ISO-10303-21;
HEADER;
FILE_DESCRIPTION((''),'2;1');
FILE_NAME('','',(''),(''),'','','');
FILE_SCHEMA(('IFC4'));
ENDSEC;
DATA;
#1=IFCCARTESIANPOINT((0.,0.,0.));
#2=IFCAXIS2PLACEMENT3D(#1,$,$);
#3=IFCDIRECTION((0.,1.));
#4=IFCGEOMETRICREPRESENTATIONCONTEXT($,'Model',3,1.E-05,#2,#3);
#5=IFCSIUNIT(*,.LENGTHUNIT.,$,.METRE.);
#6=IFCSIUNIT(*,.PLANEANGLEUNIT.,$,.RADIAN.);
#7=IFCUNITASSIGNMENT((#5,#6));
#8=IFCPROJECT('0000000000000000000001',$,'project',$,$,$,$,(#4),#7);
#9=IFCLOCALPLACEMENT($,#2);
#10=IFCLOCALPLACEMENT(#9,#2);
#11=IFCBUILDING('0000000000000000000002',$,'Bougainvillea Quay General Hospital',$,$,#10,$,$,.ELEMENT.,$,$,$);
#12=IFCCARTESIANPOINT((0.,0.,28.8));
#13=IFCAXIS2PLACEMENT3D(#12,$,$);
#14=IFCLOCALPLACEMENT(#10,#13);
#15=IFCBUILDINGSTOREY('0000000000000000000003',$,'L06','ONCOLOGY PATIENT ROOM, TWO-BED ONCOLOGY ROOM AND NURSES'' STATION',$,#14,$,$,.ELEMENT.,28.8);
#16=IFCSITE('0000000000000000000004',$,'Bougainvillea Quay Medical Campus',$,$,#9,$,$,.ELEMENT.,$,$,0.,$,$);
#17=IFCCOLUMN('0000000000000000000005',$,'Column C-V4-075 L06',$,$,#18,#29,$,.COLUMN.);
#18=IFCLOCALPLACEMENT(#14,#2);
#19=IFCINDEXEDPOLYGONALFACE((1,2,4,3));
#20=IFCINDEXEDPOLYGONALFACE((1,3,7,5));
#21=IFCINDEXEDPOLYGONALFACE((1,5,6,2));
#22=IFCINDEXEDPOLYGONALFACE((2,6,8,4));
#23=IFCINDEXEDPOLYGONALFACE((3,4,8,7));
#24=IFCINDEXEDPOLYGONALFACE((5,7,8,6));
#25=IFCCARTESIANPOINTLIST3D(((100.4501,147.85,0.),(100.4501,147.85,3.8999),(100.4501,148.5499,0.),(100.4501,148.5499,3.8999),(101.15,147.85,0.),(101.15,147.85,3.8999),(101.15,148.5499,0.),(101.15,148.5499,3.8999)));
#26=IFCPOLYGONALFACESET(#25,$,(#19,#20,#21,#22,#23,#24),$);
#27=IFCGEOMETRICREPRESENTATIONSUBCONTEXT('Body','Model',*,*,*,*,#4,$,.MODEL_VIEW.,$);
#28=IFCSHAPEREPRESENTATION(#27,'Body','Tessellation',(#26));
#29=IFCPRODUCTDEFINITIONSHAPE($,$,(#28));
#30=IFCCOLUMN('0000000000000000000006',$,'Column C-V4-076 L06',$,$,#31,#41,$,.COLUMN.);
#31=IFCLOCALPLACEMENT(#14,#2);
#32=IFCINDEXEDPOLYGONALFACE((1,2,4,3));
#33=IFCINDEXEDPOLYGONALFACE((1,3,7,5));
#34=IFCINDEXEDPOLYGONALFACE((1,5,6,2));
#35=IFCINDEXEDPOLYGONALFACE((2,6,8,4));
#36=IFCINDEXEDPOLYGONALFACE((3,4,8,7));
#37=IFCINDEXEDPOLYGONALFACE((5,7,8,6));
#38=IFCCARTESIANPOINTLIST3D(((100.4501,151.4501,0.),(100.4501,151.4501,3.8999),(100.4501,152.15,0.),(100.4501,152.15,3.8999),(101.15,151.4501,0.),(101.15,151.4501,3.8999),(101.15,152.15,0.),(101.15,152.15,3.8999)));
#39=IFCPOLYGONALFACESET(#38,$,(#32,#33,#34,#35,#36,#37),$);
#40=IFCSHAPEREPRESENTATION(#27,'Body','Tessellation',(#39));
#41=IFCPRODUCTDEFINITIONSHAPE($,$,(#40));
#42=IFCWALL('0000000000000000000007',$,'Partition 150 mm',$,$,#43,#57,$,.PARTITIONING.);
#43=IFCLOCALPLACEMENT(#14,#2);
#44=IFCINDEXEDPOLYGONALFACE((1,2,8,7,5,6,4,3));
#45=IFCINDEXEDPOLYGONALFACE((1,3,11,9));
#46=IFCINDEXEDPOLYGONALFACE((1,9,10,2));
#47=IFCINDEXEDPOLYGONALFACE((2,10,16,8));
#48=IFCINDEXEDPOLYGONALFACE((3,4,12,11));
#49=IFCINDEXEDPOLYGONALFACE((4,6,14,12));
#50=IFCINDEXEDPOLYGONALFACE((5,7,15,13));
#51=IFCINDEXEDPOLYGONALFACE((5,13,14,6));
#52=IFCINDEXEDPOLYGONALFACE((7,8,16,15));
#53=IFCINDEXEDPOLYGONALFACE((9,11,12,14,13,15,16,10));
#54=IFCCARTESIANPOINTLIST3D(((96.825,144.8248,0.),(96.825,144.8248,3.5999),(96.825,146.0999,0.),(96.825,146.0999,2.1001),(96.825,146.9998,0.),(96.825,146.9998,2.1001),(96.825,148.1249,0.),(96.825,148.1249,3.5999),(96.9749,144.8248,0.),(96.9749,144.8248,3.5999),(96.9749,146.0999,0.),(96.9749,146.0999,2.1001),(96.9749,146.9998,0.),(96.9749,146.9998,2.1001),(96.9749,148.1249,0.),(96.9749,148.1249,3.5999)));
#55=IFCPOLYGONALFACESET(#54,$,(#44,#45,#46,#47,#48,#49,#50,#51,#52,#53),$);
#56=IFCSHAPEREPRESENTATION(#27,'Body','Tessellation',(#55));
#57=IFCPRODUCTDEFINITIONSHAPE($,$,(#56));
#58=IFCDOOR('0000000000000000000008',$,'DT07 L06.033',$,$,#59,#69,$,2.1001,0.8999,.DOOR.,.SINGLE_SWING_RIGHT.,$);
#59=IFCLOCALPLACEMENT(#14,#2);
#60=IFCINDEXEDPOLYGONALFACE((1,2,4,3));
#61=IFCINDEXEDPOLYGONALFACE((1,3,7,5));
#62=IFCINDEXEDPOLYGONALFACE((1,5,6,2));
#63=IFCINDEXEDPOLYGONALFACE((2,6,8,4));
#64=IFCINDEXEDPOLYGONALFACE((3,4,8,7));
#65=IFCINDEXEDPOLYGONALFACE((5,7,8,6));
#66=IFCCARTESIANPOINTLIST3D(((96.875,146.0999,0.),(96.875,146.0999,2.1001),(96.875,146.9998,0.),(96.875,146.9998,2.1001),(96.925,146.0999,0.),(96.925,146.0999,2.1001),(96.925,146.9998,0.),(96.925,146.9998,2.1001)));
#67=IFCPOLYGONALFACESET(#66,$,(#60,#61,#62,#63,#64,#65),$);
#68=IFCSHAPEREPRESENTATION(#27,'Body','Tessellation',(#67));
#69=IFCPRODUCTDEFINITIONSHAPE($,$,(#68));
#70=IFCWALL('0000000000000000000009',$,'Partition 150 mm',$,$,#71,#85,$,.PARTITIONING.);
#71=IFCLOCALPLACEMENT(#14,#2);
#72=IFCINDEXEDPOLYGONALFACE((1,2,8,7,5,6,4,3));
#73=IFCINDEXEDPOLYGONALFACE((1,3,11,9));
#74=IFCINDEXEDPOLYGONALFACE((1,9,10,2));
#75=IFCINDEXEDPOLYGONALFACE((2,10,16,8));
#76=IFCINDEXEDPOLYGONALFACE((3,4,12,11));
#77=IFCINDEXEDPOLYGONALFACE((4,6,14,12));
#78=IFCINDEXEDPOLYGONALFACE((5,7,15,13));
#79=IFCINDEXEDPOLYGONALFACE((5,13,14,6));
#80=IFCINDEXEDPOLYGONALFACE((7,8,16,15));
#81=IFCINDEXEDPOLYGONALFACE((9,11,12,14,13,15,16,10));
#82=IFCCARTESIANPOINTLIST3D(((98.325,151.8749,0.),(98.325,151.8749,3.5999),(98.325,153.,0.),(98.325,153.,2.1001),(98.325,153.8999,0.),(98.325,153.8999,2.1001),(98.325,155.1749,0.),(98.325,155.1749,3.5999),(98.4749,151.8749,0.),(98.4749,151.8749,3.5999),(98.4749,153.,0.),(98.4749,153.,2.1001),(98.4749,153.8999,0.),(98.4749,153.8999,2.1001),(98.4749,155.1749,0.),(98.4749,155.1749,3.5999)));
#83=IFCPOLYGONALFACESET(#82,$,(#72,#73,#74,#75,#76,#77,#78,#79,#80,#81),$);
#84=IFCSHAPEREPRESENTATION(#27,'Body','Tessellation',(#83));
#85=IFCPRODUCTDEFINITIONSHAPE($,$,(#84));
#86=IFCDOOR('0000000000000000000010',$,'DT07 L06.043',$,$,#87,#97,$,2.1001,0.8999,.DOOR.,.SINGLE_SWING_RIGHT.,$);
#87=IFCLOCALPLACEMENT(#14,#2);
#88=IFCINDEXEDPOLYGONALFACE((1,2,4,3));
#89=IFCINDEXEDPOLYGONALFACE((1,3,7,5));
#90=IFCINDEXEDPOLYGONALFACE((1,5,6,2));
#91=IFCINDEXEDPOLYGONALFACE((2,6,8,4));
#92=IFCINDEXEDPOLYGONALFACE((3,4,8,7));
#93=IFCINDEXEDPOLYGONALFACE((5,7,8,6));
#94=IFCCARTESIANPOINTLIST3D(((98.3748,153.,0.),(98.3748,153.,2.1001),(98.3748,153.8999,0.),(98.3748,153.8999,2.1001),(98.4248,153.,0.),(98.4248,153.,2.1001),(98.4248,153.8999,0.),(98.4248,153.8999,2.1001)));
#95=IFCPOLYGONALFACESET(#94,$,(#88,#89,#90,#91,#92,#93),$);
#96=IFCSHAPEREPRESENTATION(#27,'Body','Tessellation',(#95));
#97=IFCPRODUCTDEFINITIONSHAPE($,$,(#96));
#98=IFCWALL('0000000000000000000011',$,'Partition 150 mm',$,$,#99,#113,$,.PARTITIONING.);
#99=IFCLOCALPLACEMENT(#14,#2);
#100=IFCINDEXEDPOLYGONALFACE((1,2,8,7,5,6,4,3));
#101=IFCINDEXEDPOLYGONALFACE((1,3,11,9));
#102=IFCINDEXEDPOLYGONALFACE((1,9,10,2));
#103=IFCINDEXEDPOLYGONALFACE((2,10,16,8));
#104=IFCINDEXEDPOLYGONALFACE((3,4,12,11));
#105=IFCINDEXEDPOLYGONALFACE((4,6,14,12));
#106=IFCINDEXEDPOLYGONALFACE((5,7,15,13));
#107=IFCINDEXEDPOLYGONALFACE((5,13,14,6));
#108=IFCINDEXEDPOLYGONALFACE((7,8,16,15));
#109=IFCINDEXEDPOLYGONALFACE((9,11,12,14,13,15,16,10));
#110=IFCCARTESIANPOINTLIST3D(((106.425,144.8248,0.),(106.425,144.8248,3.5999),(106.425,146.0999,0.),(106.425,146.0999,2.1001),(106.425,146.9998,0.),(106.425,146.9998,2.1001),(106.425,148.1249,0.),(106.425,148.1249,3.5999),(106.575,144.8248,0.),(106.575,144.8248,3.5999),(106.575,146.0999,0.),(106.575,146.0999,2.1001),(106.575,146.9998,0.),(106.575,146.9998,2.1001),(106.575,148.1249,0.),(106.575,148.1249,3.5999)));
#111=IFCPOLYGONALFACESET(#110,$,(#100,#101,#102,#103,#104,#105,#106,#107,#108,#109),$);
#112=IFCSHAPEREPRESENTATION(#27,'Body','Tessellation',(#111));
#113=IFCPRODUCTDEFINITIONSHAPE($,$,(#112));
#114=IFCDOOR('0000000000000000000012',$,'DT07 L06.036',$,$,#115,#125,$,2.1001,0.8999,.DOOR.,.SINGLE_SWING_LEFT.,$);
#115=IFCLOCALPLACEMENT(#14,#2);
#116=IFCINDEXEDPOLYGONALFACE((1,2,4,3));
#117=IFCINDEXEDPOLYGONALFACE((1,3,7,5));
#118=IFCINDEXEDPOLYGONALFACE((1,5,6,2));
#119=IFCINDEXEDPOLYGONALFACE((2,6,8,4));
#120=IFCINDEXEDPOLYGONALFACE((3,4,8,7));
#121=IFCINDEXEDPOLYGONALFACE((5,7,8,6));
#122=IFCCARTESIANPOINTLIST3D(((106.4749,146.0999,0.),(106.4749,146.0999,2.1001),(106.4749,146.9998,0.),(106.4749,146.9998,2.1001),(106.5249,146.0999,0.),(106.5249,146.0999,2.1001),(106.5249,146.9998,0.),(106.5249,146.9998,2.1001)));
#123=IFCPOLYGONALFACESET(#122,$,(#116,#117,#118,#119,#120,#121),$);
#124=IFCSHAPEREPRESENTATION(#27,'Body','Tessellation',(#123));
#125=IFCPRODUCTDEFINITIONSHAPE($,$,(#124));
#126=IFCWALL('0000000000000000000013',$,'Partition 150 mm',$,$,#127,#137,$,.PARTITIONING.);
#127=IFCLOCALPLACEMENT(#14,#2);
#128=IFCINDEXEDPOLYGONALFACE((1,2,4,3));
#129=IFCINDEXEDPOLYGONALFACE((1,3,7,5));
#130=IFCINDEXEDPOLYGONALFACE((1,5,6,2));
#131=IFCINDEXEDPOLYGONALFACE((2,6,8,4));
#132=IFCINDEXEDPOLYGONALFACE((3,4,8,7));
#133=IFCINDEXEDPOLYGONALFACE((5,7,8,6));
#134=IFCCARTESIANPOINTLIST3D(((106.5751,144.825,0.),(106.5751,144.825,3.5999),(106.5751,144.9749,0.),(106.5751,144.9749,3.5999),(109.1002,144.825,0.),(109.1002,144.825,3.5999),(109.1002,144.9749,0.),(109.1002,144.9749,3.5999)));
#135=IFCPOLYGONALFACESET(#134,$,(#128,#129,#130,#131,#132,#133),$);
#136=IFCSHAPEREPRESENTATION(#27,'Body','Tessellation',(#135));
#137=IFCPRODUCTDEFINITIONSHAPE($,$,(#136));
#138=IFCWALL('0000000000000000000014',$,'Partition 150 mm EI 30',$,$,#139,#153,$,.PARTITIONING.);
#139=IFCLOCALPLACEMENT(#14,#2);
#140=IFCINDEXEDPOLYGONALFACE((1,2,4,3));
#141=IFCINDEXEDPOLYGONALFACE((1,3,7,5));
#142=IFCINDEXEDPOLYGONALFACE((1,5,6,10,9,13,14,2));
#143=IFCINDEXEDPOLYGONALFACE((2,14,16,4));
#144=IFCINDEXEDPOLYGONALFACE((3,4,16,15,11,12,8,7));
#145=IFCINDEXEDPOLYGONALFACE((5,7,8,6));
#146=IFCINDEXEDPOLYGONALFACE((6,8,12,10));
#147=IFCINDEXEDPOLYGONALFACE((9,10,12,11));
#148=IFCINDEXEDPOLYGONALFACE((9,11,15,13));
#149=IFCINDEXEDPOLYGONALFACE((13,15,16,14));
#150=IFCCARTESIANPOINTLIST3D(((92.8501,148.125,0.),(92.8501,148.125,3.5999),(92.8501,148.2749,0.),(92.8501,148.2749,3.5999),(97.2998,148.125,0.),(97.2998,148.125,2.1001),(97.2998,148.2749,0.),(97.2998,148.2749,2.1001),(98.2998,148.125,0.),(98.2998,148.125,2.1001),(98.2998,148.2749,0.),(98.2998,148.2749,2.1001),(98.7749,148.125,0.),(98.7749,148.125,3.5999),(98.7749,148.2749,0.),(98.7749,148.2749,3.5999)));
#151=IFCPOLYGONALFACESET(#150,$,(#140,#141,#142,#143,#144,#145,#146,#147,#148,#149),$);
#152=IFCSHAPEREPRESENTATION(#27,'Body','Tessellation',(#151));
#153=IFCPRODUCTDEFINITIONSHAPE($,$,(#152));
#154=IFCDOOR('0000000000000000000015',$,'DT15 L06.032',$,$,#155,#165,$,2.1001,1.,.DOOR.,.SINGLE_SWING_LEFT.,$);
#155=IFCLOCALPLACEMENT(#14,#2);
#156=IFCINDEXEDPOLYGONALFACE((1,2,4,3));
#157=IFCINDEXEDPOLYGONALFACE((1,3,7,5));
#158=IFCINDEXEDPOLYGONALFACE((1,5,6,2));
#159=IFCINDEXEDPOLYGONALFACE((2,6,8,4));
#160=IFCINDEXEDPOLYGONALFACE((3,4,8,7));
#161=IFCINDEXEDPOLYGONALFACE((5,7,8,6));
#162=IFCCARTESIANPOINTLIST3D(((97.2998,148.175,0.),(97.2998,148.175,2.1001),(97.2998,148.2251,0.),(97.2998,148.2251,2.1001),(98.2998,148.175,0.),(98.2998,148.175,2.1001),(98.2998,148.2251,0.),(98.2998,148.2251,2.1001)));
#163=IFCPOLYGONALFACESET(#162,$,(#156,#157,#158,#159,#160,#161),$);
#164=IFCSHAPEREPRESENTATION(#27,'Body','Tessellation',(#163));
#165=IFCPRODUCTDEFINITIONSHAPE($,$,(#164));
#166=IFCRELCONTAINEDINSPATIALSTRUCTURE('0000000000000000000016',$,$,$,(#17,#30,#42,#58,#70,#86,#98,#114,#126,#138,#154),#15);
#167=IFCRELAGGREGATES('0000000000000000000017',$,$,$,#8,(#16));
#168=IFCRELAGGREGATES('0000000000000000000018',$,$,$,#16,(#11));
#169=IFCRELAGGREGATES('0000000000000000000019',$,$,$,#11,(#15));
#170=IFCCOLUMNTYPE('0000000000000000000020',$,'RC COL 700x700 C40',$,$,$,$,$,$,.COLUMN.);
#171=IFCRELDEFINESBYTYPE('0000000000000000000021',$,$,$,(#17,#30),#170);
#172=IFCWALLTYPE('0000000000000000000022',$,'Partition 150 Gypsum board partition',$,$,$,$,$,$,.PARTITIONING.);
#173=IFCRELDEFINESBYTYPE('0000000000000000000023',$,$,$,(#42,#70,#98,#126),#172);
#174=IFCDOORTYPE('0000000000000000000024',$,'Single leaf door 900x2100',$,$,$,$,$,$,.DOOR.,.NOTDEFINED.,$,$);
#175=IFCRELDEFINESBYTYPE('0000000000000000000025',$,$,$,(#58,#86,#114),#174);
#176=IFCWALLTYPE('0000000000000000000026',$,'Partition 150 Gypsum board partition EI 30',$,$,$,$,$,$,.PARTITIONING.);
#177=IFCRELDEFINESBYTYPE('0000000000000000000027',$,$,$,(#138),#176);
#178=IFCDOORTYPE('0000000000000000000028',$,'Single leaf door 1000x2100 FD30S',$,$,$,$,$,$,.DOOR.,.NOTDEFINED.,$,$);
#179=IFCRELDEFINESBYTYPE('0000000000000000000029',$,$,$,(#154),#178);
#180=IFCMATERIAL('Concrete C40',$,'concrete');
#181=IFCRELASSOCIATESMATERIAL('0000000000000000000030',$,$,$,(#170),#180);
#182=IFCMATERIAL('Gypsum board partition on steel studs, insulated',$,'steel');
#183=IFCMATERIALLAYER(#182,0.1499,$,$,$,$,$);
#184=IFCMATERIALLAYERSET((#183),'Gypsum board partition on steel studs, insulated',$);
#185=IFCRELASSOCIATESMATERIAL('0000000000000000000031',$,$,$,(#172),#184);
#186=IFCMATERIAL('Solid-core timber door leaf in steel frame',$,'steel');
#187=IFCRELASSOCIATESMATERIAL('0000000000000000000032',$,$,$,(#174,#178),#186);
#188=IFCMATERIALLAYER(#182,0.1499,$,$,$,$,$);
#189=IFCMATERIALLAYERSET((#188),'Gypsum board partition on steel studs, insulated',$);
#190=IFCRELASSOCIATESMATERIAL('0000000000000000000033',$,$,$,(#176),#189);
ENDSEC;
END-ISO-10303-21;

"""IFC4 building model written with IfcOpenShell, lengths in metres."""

from ifc_helpers import new_model, si_unit, direction, frame, frame_2d, origin, origin_2d, place, context, subcontext, project, spatial, rectangle, extrude, material, layer, layer_set, material_profile, profile_set, type_object, element, fill, save


model = new_model("IFC4")

# Units and contexts
model_context = context("Model", 3, precision=1e-05, world=origin(), true_north=direction((0.0, 1.0)))
body_context = subcontext(model_context, "Body", "Model", "MODEL_VIEW")
ifc_project = project(units=[si_unit("LENGTHUNIT", "METRE"), si_unit("PLANEANGLEUNIT", "RADIAN")], contexts=[model_context])

# Site, building, storey
site_placement = place(None, origin())
site = spatial("IfcSite", under=ifc_project, at=site_placement, Name="Bougainvillea Quay Medical Campus", CompositionType="ELEMENT", RefElevation=0.0)
building_placement = place(site_placement, origin())
building = spatial("IfcBuilding", under=site, at=building_placement, Name="Bougainvillea Quay General Hospital", CompositionType="ELEMENT")
storey_placement = place(building_placement, frame((0.0, 0.0, 28.8)))
storey = spatial("IfcBuildingStorey", under=building, at=storey_placement, Name="L06", Description="ONCOLOGY PATIENT ROOM, TWO-BED ONCOLOGY ROOM AND NURSES' STATION", CompositionType="ELEMENT", Elevation=28.8)

# Columns
ifc_material_1 = material(Name="Concrete C40", Category="concrete")
ifc_material_profile = material_profile(ifc_material_1, rectangle(XDim=0.7, YDim=0.7, at=origin_2d()))
ifc_profile_set = profile_set([ifc_material_profile], Name="Concrete C40")
column_type = type_object("IfcColumnType", Name="RC COL 700x700 C40", PredefinedType="COLUMN", material=ifc_profile_set)
for number, where, z_axis, x_axis, name in (
    (1, (100.8, 148.2, 0.0), (0.0, 0.0, 1.0), (1.0, 0.0, 0.0), "Column C-V4-075 L06"),
    (2, (100.8, 151.8, 0.0), (0.0, 0.0, 1.0), (1.0, 0.0, 0.0), "Column C-V4-076 L06"),
):
    element("IfcColumn", number, at=place(storey_placement, frame(where, z_axis=z_axis, x_axis=x_axis)), inside=storey, type_object=column_type, Name=name, PredefinedType="COLUMN", context=body_context, shape_type="SweptSolid", body=[
        extrude(rectangle(XDim=0.7, YDim=0.7, at=origin_2d()), origin(), (0.0, 0.0, 1.0), 3.8999),
    ])

# Walls, openings, doors
ifc_material_2 = material(Name="Gypsum board partition on steel studs, insulated", Category="steel")
ifc_layer_1 = layer(ifc_material_2, 0.1499)
ifc_layer_set_1 = layer_set([ifc_layer_1], Name="Gypsum board partition on steel studs, insulated")
wall_type_1 = type_object("IfcWallType", Name="Partition 150 Gypsum board partition", PredefinedType="PARTITIONING", material=ifc_layer_set_1)
wall_1_placement = place(storey_placement, frame((96.8999, 144.825, 0.0), z_axis=(0.0, 0.0, 1.0), x_axis=(0.0, 1.0, 0.0)))
wall_1 = element("IfcWall", 3, at=wall_1_placement, inside=storey, type_object=wall_type_1, Name="Partition 150 mm", PredefinedType="PARTITIONING", context=body_context, shape_type="SweptSolid", body=[
    extrude(rectangle(XDim=3.3, YDim=0.1499, at=frame_2d((1.6499, 0.0))), origin(), (0.0, 0.0, 1.0), 3.5999),
])
opening_1_placement = place(wall_1_placement, frame((1.2749, 0.0, 0.0)))
opening_1 = element("IfcOpeningElement", 4, at=opening_1_placement, cuts=wall_1, PredefinedType="OPENING", context=body_context, shape_type="SweptSolid", body=[
    extrude(rectangle(XDim=0.8999, YDim=2.1001, at=frame_2d((0.45, 1.05))), frame((0.0, 0.085, 0.0), z_axis=(0.0, -1.0, 0.0), x_axis=(1.0, 0.0, 0.0)), (0.0, 0.0, 1.0), 0.1699),
])
ifc_material_3 = material(Name="Solid-core timber door leaf in steel frame", Category="steel")
door_type_1 = type_object("IfcDoorType", Name="Single leaf door 900x2100", OperationType="NOTDEFINED", PredefinedType="DOOR", material=ifc_material_3)
door_1_placement = place(opening_1_placement, origin())
door_1 = element("IfcDoor", 5, at=door_1_placement, inside=storey, type_object=door_type_1, Name="DT07 L06.033", OperationType="SINGLE_SWING_RIGHT", OverallHeight=2.1001, OverallWidth=0.8999, PredefinedType="DOOR", context=body_context, shape_type="SweptSolid", body=[
    extrude(rectangle(XDim=0.8999, YDim=2.1001, at=frame_2d((0.45, 1.05))), frame((0.0, 0.0249, 0.0), z_axis=(0.0, -1.0, 0.0), x_axis=(1.0, 0.0, 0.0)), (0.0, 0.0, 1.0), 0.05),
])
fill(opening_1, door_1)
wall_2_placement = place(storey_placement, frame((98.3999, 151.875, 0.0), z_axis=(0.0, 0.0, 1.0), x_axis=(0.0, 1.0, 0.0)))
wall_2 = element("IfcWall", 6, at=wall_2_placement, inside=storey, type_object=wall_type_1, Name="Partition 150 mm", PredefinedType="PARTITIONING", context=body_context, shape_type="SweptSolid", body=[
    extrude(rectangle(XDim=3.3, YDim=0.1499, at=frame_2d((1.6499, 0.0))), origin(), (0.0, 0.0, 1.0), 3.5999),
])
opening_2_placement = place(wall_2_placement, frame((1.125, 0.0, 0.0)))
opening_2 = element("IfcOpeningElement", 7, at=opening_2_placement, cuts=wall_2, PredefinedType="OPENING", context=body_context, shape_type="SweptSolid", body=[
    extrude(rectangle(XDim=0.8999, YDim=2.1001, at=frame_2d((0.45, 1.05))), frame((0.0, 0.085, 0.0), z_axis=(0.0, -1.0, 0.0), x_axis=(1.0, 0.0, 0.0)), (0.0, 0.0, 1.0), 0.1699),
])
door_2_placement = place(opening_2_placement, frame((0.8999, 0.0, 0.0), z_axis=(0.0, 0.0, 1.0), x_axis=(-1.0, 0.0, 0.0)))
door_2 = element("IfcDoor", 8, at=door_2_placement, inside=storey, type_object=door_type_1, Name="DT07 L06.043", OperationType="SINGLE_SWING_RIGHT", OverallHeight=2.1001, OverallWidth=0.8999, PredefinedType="DOOR", context=body_context, shape_type="SweptSolid", body=[
    extrude(rectangle(XDim=0.8999, YDim=2.1001, at=frame_2d((0.45, 1.05))), frame((0.0, 0.0249, 0.0), z_axis=(0.0, -1.0, 0.0), x_axis=(1.0, 0.0, 0.0)), (0.0, 0.0, 1.0), 0.05),
])
fill(opening_2, door_2)
wall_3_placement = place(storey_placement, frame((106.5, 144.825, 0.0), z_axis=(0.0, 0.0, 1.0), x_axis=(0.0, 1.0, 0.0)))
wall_3 = element("IfcWall", 9, at=wall_3_placement, inside=storey, type_object=wall_type_1, Name="Partition 150 mm", PredefinedType="PARTITIONING", context=body_context, shape_type="SweptSolid", body=[
    extrude(rectangle(XDim=3.3, YDim=0.1499, at=frame_2d((1.6499, 0.0))), origin(), (0.0, 0.0, 1.0), 3.5999),
])
opening_3_placement = place(wall_3_placement, frame((1.2749, 0.0, 0.0)))
opening_3 = element("IfcOpeningElement", 10, at=opening_3_placement, cuts=wall_3, PredefinedType="OPENING", context=body_context, shape_type="SweptSolid", body=[
    extrude(rectangle(XDim=0.8999, YDim=2.1001, at=frame_2d((0.45, 1.05))), frame((0.0, 0.085, 0.0), z_axis=(0.0, -1.0, 0.0), x_axis=(1.0, 0.0, 0.0)), (0.0, 0.0, 1.0), 0.1699),
])
door_3_placement = place(opening_3_placement, frame((0.8999, 0.0, 0.0), z_axis=(0.0, 0.0, 1.0), x_axis=(-1.0, 0.0, 0.0)))
door_3 = element("IfcDoor", 11, at=door_3_placement, inside=storey, type_object=door_type_1, Name="DT07 L06.036", OperationType="SINGLE_SWING_LEFT", OverallHeight=2.1001, OverallWidth=0.8999, PredefinedType="DOOR", context=body_context, shape_type="SweptSolid", body=[
    extrude(rectangle(XDim=0.8999, YDim=2.1001, at=frame_2d((0.45, 1.05))), frame((0.0, 0.0249, 0.0), z_axis=(0.0, -1.0, 0.0), x_axis=(1.0, 0.0, 0.0)), (0.0, 0.0, 1.0), 0.05),
])
fill(opening_3, door_3)

# Wall
wall_4_placement = place(storey_placement, frame((106.575, 144.8999, 0.0), z_axis=(0.0, 0.0, 1.0), x_axis=(1.0, 0.0, 0.0)))
element("IfcWall", 12, at=wall_4_placement, inside=storey, type_object=wall_type_1, Name="Partition 150 mm", PredefinedType="PARTITIONING", context=body_context, shape_type="SweptSolid", body=[
    extrude(rectangle(XDim=2.5251, YDim=0.1499, at=frame_2d((1.2627, 0.0))), origin(), (0.0, 0.0, 1.0), 3.5999),
])

# Wall, opening, door
ifc_layer_2 = layer(ifc_material_2, 0.1499)
ifc_layer_set_2 = layer_set([ifc_layer_2], Name="Gypsum board partition on steel studs, insulated")
wall_type_2 = type_object("IfcWallType", Name="Partition 150 Gypsum board partition EI 30", PredefinedType="PARTITIONING", material=ifc_layer_set_2)
wall_5_placement = place(storey_placement, frame((98.7749, 148.2, 0.0), z_axis=(0.0, 0.0, 1.0), x_axis=(-1.0, 0.0, 0.0)))
wall_5 = element("IfcWall", 13, at=wall_5_placement, inside=storey, type_object=wall_type_2, Name="Partition 150 mm EI 30", PredefinedType="PARTITIONING", context=body_context, shape_type="SweptSolid", body=[
    extrude(rectangle(XDim=5.9248, YDim=0.1499, at=frame_2d((2.9624, 0.0))), origin(), (0.0, 0.0, 1.0), 3.5999),
])
opening_4_placement = place(wall_5_placement, frame((0.4751, 0.0, 0.0)))
opening_4 = element("IfcOpeningElement", 14, at=opening_4_placement, cuts=wall_5, PredefinedType="OPENING", context=body_context, shape_type="SweptSolid", body=[
    extrude(rectangle(XDim=1.0, YDim=2.1001, at=frame_2d((0.5, 1.05))), frame((0.0, 0.085, 0.0), z_axis=(0.0, -1.0, 0.0), x_axis=(1.0, 0.0, 0.0)), (0.0, 0.0, 1.0), 0.1699),
])
door_type_2 = type_object("IfcDoorType", Name="Single leaf door 1000x2100 FD30S", OperationType="NOTDEFINED", PredefinedType="DOOR", material=ifc_material_3)
door_4_placement = place(opening_4_placement, origin())
door_4 = element("IfcDoor", 15, at=door_4_placement, inside=storey, type_object=door_type_2, Name="DT15 L06.032", OperationType="SINGLE_SWING_LEFT", OverallHeight=2.1001, OverallWidth=1.0, PredefinedType="DOOR", context=body_context, shape_type="SweptSolid", body=[
    extrude(rectangle(XDim=1.0, YDim=2.1001, at=frame_2d((0.5, 1.05))), frame((0.0, 0.0249, 0.0), z_axis=(0.0, -1.0, 0.0), x_axis=(1.0, 0.0, 0.0)), (0.0, 0.0, 1.0), 0.05),
])
fill(opening_4, door_4)

save(model, "model.ifc")
